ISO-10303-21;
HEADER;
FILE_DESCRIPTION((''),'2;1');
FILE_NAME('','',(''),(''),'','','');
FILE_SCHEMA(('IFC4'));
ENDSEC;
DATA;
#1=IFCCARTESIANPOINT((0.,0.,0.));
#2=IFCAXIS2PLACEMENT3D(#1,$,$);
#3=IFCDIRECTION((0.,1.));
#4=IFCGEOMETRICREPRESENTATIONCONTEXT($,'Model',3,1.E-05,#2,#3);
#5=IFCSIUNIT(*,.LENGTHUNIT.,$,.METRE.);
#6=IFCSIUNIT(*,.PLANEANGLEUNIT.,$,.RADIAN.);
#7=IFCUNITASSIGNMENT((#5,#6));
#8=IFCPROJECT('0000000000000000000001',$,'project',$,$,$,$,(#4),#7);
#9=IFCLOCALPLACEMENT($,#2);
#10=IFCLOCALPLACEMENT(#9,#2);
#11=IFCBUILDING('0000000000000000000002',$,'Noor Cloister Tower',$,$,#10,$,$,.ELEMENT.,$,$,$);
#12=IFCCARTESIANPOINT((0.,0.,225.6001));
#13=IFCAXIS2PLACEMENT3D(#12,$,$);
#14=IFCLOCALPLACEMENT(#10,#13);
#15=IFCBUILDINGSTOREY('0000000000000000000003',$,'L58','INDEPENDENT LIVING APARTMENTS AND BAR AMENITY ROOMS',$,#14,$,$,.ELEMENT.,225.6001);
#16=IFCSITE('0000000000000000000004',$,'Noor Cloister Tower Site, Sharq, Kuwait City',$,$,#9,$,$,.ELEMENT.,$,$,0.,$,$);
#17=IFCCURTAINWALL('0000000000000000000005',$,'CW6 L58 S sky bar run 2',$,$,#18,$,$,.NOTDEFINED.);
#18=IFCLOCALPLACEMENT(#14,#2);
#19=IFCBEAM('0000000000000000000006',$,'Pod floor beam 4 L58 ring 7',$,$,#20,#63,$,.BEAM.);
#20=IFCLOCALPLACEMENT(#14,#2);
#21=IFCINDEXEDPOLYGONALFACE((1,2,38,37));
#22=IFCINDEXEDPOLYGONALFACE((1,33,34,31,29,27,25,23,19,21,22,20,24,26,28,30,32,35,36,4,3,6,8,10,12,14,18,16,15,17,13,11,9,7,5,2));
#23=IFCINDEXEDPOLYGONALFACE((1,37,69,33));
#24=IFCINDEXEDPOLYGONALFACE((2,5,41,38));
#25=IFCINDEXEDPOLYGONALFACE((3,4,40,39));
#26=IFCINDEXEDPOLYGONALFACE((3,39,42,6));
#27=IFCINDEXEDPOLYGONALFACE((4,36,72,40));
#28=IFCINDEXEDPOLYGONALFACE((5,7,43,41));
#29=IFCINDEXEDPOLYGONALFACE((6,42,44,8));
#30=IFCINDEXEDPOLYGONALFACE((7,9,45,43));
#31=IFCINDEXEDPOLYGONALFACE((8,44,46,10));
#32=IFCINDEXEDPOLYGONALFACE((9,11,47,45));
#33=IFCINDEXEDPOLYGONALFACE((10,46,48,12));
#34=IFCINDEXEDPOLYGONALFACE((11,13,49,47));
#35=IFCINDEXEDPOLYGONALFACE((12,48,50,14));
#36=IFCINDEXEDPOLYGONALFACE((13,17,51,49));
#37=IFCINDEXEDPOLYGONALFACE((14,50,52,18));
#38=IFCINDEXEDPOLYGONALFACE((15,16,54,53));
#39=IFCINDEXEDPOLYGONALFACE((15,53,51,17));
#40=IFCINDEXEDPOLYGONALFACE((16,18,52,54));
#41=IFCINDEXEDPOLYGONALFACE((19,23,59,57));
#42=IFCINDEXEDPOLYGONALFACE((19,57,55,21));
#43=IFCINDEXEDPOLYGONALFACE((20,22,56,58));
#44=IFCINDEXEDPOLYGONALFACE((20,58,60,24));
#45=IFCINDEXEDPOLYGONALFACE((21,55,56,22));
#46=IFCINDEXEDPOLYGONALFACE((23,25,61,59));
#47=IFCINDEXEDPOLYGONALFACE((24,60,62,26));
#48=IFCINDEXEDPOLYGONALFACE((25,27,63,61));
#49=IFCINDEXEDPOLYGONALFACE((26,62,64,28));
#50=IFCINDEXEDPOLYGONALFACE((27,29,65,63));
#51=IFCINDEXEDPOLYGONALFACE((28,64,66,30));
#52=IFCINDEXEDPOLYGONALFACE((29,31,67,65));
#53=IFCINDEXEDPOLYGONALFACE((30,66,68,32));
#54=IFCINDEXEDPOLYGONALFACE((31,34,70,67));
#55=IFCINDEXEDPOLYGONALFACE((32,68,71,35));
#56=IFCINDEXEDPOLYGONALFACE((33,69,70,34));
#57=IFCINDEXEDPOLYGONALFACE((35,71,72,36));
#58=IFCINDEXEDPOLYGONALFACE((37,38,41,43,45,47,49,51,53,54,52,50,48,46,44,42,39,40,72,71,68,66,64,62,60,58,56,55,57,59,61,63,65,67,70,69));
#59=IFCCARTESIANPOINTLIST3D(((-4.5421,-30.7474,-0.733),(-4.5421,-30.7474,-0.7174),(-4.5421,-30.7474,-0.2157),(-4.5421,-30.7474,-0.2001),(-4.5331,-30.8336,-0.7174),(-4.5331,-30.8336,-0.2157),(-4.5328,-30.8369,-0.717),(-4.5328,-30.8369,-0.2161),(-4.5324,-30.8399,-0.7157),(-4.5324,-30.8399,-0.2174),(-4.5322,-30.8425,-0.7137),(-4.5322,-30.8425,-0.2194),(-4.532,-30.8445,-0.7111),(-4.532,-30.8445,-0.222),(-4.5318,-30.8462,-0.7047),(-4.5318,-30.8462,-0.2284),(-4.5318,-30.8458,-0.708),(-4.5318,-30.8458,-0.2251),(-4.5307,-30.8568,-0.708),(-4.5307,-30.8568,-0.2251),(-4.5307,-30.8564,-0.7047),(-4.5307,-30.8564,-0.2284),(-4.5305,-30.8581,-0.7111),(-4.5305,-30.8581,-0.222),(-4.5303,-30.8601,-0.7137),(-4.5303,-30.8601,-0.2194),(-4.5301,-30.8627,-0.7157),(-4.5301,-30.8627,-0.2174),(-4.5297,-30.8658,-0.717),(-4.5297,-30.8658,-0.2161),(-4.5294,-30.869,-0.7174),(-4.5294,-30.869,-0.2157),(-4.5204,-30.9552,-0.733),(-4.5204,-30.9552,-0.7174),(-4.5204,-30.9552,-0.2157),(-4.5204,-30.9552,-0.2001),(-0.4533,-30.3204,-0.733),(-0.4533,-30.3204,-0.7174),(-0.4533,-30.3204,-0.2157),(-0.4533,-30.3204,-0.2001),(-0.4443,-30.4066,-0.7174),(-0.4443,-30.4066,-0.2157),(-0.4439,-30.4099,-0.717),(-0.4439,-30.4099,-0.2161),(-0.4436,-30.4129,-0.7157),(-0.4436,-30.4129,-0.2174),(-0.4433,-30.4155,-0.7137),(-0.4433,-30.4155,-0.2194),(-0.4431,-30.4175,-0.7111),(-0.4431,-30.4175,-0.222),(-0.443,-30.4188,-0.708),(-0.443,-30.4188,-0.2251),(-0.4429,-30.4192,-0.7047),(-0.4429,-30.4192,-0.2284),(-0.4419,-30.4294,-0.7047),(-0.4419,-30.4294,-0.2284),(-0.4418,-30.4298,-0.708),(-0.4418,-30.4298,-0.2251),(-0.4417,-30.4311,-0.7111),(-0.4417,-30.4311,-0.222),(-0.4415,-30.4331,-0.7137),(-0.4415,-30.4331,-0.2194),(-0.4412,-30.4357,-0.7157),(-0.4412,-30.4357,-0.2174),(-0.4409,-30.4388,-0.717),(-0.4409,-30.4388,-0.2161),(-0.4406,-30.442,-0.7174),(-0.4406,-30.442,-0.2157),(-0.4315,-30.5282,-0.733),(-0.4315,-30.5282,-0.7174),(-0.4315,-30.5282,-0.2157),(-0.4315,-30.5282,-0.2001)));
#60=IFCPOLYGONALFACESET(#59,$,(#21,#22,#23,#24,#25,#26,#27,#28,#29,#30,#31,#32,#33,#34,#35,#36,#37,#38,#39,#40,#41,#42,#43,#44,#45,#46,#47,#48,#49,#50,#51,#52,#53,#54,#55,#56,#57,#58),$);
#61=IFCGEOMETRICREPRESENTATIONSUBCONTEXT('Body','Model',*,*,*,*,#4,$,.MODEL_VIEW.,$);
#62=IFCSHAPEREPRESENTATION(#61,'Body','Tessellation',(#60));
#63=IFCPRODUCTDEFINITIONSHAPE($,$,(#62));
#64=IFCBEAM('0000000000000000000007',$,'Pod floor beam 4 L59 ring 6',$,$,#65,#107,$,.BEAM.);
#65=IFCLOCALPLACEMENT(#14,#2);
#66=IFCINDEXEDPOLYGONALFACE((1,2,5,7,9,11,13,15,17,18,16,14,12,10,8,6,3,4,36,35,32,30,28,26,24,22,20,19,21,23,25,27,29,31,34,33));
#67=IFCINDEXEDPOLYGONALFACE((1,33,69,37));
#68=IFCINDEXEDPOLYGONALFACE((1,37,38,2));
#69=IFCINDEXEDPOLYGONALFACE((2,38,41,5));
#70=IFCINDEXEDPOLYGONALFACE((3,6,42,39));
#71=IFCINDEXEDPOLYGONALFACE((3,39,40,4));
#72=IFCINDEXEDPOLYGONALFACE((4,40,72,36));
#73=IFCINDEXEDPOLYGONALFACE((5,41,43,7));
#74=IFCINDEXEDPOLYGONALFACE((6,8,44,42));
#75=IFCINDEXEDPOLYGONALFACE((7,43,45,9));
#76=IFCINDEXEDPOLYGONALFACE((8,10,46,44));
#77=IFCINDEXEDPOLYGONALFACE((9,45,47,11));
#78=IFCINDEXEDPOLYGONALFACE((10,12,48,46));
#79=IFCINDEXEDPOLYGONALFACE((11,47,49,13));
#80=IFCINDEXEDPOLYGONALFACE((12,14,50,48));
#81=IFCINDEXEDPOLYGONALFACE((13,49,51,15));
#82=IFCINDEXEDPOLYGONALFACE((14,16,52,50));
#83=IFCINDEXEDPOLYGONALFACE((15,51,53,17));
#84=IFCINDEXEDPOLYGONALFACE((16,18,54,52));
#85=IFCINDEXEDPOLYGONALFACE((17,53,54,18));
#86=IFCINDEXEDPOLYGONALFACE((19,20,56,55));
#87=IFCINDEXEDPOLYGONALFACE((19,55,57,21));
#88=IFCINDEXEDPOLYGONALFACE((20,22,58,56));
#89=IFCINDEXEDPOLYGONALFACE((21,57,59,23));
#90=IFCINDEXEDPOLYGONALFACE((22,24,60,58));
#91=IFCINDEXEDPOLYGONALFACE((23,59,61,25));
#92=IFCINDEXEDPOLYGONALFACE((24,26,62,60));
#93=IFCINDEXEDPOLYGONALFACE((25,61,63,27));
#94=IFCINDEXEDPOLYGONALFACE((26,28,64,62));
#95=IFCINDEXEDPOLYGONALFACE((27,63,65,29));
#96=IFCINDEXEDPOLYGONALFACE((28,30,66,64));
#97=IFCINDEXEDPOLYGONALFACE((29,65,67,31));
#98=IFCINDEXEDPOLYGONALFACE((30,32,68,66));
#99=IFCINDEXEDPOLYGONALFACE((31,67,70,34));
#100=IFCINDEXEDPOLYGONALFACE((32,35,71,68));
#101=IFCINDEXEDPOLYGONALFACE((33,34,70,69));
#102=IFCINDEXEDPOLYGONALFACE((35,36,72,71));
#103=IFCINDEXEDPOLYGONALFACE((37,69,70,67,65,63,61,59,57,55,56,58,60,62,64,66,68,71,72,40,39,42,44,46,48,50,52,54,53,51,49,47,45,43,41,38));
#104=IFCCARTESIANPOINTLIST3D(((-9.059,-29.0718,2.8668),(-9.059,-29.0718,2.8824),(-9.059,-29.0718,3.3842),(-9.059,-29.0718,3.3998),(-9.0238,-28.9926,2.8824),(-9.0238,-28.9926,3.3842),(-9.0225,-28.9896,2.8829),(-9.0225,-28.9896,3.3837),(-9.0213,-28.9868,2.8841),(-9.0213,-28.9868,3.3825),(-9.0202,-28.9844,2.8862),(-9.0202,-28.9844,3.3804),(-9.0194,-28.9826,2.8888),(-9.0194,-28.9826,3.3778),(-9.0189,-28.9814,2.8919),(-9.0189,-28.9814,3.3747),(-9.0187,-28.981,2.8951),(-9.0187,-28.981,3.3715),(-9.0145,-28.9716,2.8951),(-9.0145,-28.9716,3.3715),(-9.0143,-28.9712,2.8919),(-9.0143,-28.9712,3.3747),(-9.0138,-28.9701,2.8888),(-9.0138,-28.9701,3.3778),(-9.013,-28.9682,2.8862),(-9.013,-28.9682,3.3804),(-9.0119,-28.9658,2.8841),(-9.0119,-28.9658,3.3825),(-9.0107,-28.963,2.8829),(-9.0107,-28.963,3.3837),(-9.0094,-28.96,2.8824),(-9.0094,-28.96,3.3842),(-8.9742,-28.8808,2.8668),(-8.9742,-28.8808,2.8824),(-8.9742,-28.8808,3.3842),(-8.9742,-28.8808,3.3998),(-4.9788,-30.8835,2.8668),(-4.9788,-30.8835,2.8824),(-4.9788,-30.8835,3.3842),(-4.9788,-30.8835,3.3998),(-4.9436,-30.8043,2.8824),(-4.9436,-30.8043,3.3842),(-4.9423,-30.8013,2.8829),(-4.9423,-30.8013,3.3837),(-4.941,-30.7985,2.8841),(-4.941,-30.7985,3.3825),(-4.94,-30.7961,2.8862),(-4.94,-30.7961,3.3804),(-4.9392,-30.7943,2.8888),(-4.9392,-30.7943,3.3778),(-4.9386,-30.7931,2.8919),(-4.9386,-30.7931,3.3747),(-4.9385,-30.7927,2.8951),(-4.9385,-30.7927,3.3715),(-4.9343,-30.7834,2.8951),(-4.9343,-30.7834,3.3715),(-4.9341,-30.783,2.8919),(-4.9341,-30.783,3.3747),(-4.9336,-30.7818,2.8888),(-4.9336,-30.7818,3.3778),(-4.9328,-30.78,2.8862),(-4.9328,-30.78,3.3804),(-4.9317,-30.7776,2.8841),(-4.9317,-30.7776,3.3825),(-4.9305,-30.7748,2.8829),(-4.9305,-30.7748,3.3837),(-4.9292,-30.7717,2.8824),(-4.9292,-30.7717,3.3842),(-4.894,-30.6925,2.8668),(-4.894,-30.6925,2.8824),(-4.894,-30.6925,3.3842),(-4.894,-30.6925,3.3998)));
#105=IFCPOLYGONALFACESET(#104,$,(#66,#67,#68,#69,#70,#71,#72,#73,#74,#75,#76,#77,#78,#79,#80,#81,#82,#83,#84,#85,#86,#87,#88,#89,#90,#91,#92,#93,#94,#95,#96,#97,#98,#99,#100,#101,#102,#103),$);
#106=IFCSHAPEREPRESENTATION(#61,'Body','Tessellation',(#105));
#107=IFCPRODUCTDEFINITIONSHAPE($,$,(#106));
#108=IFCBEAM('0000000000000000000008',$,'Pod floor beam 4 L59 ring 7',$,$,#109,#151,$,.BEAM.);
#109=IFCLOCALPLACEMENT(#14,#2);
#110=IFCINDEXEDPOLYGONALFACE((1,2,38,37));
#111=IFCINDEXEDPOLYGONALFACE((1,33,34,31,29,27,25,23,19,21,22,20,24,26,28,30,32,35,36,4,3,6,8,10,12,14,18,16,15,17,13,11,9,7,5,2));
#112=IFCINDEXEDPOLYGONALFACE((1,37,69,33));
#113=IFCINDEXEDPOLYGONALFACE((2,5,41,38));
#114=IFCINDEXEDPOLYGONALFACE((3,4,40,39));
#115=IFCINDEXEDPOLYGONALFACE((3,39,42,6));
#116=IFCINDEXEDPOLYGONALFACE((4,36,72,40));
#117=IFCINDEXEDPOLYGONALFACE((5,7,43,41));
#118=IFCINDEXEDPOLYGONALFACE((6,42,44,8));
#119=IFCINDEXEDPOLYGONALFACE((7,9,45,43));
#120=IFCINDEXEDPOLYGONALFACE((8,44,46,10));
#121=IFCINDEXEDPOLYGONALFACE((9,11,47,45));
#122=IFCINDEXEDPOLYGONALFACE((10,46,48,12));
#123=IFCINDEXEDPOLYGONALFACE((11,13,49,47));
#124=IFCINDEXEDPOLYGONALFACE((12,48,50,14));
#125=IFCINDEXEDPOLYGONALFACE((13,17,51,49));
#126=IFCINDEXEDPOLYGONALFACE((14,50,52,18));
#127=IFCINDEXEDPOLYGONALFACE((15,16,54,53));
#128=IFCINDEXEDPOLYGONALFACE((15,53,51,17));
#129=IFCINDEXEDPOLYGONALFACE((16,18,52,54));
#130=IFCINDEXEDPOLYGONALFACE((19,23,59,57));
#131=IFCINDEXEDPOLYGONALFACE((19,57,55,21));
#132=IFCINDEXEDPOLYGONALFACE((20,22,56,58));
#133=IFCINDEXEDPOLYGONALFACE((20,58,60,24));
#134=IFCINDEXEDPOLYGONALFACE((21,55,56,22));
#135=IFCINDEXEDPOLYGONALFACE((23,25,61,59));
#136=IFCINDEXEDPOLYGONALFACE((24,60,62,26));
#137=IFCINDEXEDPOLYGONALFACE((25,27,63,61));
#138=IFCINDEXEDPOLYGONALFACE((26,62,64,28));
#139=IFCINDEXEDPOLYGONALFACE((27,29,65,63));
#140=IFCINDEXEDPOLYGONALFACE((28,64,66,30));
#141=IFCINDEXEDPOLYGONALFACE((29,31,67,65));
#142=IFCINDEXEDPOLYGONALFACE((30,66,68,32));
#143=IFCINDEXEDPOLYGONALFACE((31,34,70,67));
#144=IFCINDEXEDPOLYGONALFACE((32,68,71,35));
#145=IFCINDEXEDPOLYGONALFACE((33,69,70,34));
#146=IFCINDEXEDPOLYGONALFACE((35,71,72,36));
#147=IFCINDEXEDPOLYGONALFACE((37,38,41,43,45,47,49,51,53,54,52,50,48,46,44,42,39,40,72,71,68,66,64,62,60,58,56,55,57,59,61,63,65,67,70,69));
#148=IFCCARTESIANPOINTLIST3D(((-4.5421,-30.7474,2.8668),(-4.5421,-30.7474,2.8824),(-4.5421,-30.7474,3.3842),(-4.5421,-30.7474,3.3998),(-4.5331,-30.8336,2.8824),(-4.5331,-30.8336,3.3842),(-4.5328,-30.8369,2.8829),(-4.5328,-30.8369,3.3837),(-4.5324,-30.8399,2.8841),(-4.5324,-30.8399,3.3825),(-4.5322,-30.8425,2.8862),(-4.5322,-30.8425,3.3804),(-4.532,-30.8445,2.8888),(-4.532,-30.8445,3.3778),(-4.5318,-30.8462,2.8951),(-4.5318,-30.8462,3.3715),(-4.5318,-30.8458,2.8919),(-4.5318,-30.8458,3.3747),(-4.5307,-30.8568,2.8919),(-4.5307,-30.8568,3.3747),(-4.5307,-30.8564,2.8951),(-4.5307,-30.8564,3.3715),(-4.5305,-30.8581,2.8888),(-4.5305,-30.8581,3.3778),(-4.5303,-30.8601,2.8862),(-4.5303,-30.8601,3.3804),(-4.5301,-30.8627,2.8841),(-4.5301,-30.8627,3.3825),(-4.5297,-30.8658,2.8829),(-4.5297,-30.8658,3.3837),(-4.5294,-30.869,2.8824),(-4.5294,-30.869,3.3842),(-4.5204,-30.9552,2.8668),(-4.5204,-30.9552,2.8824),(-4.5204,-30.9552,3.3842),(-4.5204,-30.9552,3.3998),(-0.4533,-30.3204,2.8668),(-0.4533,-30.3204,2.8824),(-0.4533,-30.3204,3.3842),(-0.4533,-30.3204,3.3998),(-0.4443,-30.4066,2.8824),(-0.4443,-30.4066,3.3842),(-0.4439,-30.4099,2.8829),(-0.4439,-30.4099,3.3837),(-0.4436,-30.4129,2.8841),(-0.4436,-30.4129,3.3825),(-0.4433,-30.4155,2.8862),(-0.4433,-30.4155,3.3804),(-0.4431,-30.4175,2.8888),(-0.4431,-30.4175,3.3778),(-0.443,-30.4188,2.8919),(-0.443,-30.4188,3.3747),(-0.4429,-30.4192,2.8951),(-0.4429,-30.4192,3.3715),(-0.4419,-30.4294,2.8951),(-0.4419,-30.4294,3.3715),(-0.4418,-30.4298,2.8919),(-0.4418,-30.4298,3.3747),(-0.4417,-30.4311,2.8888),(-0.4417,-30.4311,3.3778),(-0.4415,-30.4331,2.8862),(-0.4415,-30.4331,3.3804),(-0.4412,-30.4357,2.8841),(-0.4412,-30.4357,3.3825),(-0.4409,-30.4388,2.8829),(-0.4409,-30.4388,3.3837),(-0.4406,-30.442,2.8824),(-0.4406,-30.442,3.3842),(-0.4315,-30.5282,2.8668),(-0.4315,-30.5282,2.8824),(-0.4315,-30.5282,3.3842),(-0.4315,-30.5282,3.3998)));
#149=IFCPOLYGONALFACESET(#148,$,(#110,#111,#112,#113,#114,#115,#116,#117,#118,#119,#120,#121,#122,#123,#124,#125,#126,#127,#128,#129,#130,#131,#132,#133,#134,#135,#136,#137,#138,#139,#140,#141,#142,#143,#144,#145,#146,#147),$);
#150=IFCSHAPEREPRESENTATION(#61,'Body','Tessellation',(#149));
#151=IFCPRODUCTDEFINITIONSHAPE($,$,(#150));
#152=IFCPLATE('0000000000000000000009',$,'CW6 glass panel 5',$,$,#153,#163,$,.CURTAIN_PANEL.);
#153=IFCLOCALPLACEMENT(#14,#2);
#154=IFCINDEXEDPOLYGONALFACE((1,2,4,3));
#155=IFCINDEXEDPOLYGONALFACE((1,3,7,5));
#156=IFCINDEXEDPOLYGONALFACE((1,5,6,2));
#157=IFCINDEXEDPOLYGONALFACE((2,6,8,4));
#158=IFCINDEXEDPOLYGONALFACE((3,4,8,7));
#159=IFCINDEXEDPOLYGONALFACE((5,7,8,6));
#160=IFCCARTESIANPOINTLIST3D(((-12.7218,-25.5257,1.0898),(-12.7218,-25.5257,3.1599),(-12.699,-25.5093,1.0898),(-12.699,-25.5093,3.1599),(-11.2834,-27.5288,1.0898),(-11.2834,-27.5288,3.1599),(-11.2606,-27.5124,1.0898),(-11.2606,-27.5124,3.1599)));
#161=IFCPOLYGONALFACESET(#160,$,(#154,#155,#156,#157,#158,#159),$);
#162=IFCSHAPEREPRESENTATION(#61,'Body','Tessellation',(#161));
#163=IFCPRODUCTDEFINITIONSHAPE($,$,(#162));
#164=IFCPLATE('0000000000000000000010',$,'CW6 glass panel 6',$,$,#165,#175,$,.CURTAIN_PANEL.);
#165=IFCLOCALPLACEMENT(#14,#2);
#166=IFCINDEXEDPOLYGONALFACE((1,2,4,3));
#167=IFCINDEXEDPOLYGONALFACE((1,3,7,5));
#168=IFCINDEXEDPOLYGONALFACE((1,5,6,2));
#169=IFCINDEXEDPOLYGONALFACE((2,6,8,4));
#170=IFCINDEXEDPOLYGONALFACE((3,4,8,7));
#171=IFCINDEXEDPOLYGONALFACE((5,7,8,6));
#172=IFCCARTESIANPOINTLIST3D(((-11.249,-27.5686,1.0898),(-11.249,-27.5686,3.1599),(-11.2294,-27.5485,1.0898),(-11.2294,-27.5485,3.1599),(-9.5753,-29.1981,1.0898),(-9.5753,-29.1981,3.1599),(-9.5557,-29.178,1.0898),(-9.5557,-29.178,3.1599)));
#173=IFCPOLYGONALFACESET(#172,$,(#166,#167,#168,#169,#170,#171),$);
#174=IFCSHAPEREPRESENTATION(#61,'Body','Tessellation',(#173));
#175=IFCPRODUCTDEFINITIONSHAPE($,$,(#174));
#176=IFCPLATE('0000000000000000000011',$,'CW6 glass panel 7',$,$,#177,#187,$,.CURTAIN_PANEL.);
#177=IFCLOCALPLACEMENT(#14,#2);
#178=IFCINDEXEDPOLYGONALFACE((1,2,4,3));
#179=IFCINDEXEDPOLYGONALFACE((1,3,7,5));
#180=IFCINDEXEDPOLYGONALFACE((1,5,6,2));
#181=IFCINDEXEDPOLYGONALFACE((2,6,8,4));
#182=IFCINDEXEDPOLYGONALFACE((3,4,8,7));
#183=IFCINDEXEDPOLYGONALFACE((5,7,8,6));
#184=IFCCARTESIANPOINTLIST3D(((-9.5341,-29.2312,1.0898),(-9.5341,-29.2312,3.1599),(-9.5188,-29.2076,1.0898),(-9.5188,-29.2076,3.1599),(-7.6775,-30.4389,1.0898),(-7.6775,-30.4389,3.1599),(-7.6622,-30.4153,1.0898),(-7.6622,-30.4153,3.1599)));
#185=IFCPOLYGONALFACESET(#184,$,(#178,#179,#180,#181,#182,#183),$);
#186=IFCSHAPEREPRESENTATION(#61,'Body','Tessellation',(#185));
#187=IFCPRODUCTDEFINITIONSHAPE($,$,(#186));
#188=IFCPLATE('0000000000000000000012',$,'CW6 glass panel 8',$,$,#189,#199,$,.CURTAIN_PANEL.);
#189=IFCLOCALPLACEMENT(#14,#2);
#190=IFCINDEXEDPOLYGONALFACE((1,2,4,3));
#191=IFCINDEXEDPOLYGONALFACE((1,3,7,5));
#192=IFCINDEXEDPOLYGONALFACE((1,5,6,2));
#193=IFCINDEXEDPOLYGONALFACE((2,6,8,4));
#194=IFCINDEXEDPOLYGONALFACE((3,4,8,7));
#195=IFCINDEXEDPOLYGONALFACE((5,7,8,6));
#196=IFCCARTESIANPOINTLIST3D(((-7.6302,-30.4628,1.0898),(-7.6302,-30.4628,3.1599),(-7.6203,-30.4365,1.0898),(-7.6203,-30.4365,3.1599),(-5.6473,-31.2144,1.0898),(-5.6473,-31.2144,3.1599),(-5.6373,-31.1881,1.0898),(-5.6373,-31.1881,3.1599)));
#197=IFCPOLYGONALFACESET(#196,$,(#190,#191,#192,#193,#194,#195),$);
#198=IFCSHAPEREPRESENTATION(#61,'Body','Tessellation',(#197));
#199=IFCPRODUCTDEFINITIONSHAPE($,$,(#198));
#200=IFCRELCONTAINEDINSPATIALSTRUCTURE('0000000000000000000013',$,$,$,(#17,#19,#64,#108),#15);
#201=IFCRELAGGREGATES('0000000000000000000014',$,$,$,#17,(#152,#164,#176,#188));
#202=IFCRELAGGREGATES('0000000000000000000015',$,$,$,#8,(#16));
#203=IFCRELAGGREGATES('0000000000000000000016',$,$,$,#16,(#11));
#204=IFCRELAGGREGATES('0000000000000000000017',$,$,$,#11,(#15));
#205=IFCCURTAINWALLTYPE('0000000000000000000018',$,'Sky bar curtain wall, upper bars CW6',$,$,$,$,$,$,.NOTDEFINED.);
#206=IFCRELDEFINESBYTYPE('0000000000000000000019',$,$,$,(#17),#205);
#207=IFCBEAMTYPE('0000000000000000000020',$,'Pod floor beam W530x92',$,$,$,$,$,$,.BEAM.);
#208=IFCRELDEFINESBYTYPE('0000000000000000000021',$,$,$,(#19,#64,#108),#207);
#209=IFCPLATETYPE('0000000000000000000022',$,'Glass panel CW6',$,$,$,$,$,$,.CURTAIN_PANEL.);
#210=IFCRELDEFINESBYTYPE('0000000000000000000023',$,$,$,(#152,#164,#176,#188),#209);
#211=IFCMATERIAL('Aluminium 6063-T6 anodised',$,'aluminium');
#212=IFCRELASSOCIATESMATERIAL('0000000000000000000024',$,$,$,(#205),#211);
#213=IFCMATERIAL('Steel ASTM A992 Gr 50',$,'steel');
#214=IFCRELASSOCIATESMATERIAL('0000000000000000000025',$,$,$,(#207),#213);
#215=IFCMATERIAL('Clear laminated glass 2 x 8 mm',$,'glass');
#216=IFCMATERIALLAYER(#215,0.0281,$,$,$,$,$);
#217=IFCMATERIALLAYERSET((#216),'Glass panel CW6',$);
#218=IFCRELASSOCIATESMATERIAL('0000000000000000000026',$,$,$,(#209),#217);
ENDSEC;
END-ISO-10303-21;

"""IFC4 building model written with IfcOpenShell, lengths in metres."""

from ifc_helpers import new_model, si_unit, direction, frame, origin, origin_2d, place, context, subcontext, project, spatial, rectangle, i_section, extrude, material, layer, layer_set, material_profile, profile_set, type_object, element, aggregate, save


model = new_model("IFC4")

# Units and contexts
model_context = context("Model", 3, precision=1e-05, world=origin(), true_north=direction((0.0, 1.0)))
body_context = subcontext(model_context, "Body", "Model", "MODEL_VIEW")
ifc_project = project(units=[si_unit("LENGTHUNIT", "METRE"), si_unit("PLANEANGLEUNIT", "RADIAN")], contexts=[model_context])

# Site, building, storey
site_placement = place(None, origin())
site = spatial("IfcSite", under=ifc_project, at=site_placement, Name="Noor Cloister Tower Site, Sharq, Kuwait City", CompositionType="ELEMENT", RefElevation=0.0)
building_placement = place(site_placement, origin())
building = spatial("IfcBuilding", under=site, at=building_placement, Name="Noor Cloister Tower", CompositionType="ELEMENT")
storey_placement = place(building_placement, frame((0.0, 0.0, 225.6001)))
storey = spatial("IfcBuildingStorey", under=building, at=storey_placement, Name="L58", Description="INDEPENDENT LIVING APARTMENTS AND BAR AMENITY ROOMS", CompositionType="ELEMENT", Elevation=225.6001)

# Curtain wall
ifc_material_1 = material(Name="Aluminium 6063-T6 anodised", Category="aluminium")
curtain_wall_type = type_object("IfcCurtainWallType", Name="Sky bar curtain wall, upper bars CW6", PredefinedType="NOTDEFINED", material=ifc_material_1)
curtain_wall_placement = place(storey_placement, origin())
curtain_wall = element("IfcCurtainWall", 1, at=curtain_wall_placement, inside=storey, type_object=curtain_wall_type, Name="CW6 L58 S sky bar run 2", PredefinedType="NOTDEFINED")

# Beams
ifc_material_2 = material(Name="Steel ASTM A992 Gr 50", Category="steel")
ifc_material_profile_1 = material_profile(ifc_material_2, i_section(OverallWidth=0.209, OverallDepth=0.533, WebThickness=0.0103, FlangeThickness=0.0156, FilletRadius=0.0127, at=origin_2d()), Name="W530x92")
ifc_profile_set_1 = profile_set([ifc_material_profile_1], Name="Steel ASTM A992 Gr 50")
beam_type = type_object("IfcBeamType", Name="Pod floor beam W530x92", PredefinedType="BEAM", material=ifc_profile_set_1)
beam_1_placement = place(storey_placement, frame((-4.5312, -30.8513, -0.4666), z_axis=(0.994591, 0.103866, 0.0), x_axis=(-0.103866, 0.994591, 0.0)))
element("IfcBeam", 2, at=beam_1_placement, inside=storey, type_object=beam_type, Name="Pod floor beam 4 L58 ring 7", PredefinedType="BEAM", context=body_context, shape_type="SweptSolid", body=[
    extrude(i_section(OverallWidth=0.209, OverallDepth=0.533, WebThickness=0.0103, FlangeThickness=0.0156, FilletRadius=0.0127, at=origin_2d()), origin(), (0.0, 0.0, 1.0), 4.1111),
])
beam_2_placement = place(storey_placement, frame((-9.0166, -28.9763, 3.1333), z_axis=(0.913954, -0.405819, 0.0), x_axis=(0.405819, 0.913954, 0.0)))
element("IfcBeam", 3, at=beam_2_placement, inside=storey, type_object=beam_type, Name="Pod floor beam 4 L59 ring 6", PredefinedType="BEAM", context=body_context, shape_type="SweptSolid", body=[
    extrude(i_section(OverallWidth=0.209, OverallDepth=0.533, WebThickness=0.0103, FlangeThickness=0.0156, FilletRadius=0.0127, at=origin_2d()), origin(), (0.0, 0.0, 1.0), 4.4644),
])
beam_3_placement = place(storey_placement, frame((-4.5312, -30.8513, 3.1333), z_axis=(0.994591, 0.103866, 0.0), x_axis=(-0.103866, 0.994591, 0.0)))
element("IfcBeam", 4, at=beam_3_placement, inside=storey, type_object=beam_type, Name="Pod floor beam 4 L59 ring 7", PredefinedType="BEAM", context=body_context, shape_type="SweptSolid", body=[
    extrude(i_section(OverallWidth=0.209, OverallDepth=0.533, WebThickness=0.0103, FlangeThickness=0.0156, FilletRadius=0.0127, at=origin_2d()), origin(), (0.0, 0.0, 1.0), 4.1111),
])

# Plates
ifc_material_3 = material(Name="Clear laminated glass 2 x 8 mm", Category="glass")
ifc_layer_1 = layer(ifc_material_3, 0.0281)
ifc_layer_set_1 = layer_set([ifc_layer_1], Name="Glass panel CW6")
plate_type = type_object("IfcPlateType", Name="Glass panel CW6", PredefinedType="CURTAIN_PANEL", material=ifc_layer_set_1)
plate_1_placement = place(storey_placement, frame((-11.9912, -26.519, 1.0898), z_axis=(0.0, 0.0, 1.0), x_axis=(0.583263, -0.812283, 0.0)))
plate_1 = element("IfcPlate", 5, at=plate_1_placement, type_object=plate_type, Name="CW6 glass panel 5", PredefinedType="CURTAIN_PANEL", context=body_context, shape_type="SweptSolid", body=[
    extrude(rectangle(XDim=2.4661, YDim=0.0281, at=origin_2d()), origin(), (0.0, 0.0, 1.0), 2.0701),
])
plate_2_placement = place(storey_placement, frame((-10.4023, -28.3733, 1.0898), z_axis=(0.0, 0.0, 1.0), x_axis=(0.716495, -0.697592, 0.0)))
plate_2 = element("IfcPlate", 6, at=plate_2_placement, type_object=plate_type, Name="CW6 glass panel 6", PredefinedType="CURTAIN_PANEL", context=body_context, shape_type="SweptSolid", body=[
    extrude(rectangle(XDim=2.3359, YDim=0.0281, at=origin_2d()), origin(), (0.0, 0.0, 1.0), 2.0701),
])
plate_3_placement = place(storey_placement, frame((-8.5981, -29.8232, 1.0898), z_axis=(0.0, 0.0, 1.0), x_axis=(0.838256, -0.545277, 0.0)))
plate_3 = element("IfcPlate", 7, at=plate_3_placement, type_object=plate_type, Name="CW6 glass panel 7", PredefinedType="CURTAIN_PANEL", context=body_context, shape_type="SweptSolid", body=[
    extrude(rectangle(XDim=2.2148, YDim=0.0281, at=origin_2d()), origin(), (0.0, 0.0, 1.0), 2.0701),
])
plate_4_placement = place(storey_placement, frame((-6.6338, -30.8254, 1.0898), z_axis=(0.0, 0.0, 1.0), x_axis=(0.935082, -0.35443, 0.0)))
plate_4 = element("IfcPlate", 8, at=plate_4_placement, type_object=plate_type, Name="CW6 glass panel 8", PredefinedType="CURTAIN_PANEL", context=body_context, shape_type="SweptSolid", body=[
    extrude(rectangle(XDim=2.1206, YDim=0.0281, at=origin_2d()), origin(), (0.0, 0.0, 1.0), 2.0701),
])
aggregate(curtain_wall, [plate_1, plate_2, plate_3, plate_4])

save(model, "model.ifc")
